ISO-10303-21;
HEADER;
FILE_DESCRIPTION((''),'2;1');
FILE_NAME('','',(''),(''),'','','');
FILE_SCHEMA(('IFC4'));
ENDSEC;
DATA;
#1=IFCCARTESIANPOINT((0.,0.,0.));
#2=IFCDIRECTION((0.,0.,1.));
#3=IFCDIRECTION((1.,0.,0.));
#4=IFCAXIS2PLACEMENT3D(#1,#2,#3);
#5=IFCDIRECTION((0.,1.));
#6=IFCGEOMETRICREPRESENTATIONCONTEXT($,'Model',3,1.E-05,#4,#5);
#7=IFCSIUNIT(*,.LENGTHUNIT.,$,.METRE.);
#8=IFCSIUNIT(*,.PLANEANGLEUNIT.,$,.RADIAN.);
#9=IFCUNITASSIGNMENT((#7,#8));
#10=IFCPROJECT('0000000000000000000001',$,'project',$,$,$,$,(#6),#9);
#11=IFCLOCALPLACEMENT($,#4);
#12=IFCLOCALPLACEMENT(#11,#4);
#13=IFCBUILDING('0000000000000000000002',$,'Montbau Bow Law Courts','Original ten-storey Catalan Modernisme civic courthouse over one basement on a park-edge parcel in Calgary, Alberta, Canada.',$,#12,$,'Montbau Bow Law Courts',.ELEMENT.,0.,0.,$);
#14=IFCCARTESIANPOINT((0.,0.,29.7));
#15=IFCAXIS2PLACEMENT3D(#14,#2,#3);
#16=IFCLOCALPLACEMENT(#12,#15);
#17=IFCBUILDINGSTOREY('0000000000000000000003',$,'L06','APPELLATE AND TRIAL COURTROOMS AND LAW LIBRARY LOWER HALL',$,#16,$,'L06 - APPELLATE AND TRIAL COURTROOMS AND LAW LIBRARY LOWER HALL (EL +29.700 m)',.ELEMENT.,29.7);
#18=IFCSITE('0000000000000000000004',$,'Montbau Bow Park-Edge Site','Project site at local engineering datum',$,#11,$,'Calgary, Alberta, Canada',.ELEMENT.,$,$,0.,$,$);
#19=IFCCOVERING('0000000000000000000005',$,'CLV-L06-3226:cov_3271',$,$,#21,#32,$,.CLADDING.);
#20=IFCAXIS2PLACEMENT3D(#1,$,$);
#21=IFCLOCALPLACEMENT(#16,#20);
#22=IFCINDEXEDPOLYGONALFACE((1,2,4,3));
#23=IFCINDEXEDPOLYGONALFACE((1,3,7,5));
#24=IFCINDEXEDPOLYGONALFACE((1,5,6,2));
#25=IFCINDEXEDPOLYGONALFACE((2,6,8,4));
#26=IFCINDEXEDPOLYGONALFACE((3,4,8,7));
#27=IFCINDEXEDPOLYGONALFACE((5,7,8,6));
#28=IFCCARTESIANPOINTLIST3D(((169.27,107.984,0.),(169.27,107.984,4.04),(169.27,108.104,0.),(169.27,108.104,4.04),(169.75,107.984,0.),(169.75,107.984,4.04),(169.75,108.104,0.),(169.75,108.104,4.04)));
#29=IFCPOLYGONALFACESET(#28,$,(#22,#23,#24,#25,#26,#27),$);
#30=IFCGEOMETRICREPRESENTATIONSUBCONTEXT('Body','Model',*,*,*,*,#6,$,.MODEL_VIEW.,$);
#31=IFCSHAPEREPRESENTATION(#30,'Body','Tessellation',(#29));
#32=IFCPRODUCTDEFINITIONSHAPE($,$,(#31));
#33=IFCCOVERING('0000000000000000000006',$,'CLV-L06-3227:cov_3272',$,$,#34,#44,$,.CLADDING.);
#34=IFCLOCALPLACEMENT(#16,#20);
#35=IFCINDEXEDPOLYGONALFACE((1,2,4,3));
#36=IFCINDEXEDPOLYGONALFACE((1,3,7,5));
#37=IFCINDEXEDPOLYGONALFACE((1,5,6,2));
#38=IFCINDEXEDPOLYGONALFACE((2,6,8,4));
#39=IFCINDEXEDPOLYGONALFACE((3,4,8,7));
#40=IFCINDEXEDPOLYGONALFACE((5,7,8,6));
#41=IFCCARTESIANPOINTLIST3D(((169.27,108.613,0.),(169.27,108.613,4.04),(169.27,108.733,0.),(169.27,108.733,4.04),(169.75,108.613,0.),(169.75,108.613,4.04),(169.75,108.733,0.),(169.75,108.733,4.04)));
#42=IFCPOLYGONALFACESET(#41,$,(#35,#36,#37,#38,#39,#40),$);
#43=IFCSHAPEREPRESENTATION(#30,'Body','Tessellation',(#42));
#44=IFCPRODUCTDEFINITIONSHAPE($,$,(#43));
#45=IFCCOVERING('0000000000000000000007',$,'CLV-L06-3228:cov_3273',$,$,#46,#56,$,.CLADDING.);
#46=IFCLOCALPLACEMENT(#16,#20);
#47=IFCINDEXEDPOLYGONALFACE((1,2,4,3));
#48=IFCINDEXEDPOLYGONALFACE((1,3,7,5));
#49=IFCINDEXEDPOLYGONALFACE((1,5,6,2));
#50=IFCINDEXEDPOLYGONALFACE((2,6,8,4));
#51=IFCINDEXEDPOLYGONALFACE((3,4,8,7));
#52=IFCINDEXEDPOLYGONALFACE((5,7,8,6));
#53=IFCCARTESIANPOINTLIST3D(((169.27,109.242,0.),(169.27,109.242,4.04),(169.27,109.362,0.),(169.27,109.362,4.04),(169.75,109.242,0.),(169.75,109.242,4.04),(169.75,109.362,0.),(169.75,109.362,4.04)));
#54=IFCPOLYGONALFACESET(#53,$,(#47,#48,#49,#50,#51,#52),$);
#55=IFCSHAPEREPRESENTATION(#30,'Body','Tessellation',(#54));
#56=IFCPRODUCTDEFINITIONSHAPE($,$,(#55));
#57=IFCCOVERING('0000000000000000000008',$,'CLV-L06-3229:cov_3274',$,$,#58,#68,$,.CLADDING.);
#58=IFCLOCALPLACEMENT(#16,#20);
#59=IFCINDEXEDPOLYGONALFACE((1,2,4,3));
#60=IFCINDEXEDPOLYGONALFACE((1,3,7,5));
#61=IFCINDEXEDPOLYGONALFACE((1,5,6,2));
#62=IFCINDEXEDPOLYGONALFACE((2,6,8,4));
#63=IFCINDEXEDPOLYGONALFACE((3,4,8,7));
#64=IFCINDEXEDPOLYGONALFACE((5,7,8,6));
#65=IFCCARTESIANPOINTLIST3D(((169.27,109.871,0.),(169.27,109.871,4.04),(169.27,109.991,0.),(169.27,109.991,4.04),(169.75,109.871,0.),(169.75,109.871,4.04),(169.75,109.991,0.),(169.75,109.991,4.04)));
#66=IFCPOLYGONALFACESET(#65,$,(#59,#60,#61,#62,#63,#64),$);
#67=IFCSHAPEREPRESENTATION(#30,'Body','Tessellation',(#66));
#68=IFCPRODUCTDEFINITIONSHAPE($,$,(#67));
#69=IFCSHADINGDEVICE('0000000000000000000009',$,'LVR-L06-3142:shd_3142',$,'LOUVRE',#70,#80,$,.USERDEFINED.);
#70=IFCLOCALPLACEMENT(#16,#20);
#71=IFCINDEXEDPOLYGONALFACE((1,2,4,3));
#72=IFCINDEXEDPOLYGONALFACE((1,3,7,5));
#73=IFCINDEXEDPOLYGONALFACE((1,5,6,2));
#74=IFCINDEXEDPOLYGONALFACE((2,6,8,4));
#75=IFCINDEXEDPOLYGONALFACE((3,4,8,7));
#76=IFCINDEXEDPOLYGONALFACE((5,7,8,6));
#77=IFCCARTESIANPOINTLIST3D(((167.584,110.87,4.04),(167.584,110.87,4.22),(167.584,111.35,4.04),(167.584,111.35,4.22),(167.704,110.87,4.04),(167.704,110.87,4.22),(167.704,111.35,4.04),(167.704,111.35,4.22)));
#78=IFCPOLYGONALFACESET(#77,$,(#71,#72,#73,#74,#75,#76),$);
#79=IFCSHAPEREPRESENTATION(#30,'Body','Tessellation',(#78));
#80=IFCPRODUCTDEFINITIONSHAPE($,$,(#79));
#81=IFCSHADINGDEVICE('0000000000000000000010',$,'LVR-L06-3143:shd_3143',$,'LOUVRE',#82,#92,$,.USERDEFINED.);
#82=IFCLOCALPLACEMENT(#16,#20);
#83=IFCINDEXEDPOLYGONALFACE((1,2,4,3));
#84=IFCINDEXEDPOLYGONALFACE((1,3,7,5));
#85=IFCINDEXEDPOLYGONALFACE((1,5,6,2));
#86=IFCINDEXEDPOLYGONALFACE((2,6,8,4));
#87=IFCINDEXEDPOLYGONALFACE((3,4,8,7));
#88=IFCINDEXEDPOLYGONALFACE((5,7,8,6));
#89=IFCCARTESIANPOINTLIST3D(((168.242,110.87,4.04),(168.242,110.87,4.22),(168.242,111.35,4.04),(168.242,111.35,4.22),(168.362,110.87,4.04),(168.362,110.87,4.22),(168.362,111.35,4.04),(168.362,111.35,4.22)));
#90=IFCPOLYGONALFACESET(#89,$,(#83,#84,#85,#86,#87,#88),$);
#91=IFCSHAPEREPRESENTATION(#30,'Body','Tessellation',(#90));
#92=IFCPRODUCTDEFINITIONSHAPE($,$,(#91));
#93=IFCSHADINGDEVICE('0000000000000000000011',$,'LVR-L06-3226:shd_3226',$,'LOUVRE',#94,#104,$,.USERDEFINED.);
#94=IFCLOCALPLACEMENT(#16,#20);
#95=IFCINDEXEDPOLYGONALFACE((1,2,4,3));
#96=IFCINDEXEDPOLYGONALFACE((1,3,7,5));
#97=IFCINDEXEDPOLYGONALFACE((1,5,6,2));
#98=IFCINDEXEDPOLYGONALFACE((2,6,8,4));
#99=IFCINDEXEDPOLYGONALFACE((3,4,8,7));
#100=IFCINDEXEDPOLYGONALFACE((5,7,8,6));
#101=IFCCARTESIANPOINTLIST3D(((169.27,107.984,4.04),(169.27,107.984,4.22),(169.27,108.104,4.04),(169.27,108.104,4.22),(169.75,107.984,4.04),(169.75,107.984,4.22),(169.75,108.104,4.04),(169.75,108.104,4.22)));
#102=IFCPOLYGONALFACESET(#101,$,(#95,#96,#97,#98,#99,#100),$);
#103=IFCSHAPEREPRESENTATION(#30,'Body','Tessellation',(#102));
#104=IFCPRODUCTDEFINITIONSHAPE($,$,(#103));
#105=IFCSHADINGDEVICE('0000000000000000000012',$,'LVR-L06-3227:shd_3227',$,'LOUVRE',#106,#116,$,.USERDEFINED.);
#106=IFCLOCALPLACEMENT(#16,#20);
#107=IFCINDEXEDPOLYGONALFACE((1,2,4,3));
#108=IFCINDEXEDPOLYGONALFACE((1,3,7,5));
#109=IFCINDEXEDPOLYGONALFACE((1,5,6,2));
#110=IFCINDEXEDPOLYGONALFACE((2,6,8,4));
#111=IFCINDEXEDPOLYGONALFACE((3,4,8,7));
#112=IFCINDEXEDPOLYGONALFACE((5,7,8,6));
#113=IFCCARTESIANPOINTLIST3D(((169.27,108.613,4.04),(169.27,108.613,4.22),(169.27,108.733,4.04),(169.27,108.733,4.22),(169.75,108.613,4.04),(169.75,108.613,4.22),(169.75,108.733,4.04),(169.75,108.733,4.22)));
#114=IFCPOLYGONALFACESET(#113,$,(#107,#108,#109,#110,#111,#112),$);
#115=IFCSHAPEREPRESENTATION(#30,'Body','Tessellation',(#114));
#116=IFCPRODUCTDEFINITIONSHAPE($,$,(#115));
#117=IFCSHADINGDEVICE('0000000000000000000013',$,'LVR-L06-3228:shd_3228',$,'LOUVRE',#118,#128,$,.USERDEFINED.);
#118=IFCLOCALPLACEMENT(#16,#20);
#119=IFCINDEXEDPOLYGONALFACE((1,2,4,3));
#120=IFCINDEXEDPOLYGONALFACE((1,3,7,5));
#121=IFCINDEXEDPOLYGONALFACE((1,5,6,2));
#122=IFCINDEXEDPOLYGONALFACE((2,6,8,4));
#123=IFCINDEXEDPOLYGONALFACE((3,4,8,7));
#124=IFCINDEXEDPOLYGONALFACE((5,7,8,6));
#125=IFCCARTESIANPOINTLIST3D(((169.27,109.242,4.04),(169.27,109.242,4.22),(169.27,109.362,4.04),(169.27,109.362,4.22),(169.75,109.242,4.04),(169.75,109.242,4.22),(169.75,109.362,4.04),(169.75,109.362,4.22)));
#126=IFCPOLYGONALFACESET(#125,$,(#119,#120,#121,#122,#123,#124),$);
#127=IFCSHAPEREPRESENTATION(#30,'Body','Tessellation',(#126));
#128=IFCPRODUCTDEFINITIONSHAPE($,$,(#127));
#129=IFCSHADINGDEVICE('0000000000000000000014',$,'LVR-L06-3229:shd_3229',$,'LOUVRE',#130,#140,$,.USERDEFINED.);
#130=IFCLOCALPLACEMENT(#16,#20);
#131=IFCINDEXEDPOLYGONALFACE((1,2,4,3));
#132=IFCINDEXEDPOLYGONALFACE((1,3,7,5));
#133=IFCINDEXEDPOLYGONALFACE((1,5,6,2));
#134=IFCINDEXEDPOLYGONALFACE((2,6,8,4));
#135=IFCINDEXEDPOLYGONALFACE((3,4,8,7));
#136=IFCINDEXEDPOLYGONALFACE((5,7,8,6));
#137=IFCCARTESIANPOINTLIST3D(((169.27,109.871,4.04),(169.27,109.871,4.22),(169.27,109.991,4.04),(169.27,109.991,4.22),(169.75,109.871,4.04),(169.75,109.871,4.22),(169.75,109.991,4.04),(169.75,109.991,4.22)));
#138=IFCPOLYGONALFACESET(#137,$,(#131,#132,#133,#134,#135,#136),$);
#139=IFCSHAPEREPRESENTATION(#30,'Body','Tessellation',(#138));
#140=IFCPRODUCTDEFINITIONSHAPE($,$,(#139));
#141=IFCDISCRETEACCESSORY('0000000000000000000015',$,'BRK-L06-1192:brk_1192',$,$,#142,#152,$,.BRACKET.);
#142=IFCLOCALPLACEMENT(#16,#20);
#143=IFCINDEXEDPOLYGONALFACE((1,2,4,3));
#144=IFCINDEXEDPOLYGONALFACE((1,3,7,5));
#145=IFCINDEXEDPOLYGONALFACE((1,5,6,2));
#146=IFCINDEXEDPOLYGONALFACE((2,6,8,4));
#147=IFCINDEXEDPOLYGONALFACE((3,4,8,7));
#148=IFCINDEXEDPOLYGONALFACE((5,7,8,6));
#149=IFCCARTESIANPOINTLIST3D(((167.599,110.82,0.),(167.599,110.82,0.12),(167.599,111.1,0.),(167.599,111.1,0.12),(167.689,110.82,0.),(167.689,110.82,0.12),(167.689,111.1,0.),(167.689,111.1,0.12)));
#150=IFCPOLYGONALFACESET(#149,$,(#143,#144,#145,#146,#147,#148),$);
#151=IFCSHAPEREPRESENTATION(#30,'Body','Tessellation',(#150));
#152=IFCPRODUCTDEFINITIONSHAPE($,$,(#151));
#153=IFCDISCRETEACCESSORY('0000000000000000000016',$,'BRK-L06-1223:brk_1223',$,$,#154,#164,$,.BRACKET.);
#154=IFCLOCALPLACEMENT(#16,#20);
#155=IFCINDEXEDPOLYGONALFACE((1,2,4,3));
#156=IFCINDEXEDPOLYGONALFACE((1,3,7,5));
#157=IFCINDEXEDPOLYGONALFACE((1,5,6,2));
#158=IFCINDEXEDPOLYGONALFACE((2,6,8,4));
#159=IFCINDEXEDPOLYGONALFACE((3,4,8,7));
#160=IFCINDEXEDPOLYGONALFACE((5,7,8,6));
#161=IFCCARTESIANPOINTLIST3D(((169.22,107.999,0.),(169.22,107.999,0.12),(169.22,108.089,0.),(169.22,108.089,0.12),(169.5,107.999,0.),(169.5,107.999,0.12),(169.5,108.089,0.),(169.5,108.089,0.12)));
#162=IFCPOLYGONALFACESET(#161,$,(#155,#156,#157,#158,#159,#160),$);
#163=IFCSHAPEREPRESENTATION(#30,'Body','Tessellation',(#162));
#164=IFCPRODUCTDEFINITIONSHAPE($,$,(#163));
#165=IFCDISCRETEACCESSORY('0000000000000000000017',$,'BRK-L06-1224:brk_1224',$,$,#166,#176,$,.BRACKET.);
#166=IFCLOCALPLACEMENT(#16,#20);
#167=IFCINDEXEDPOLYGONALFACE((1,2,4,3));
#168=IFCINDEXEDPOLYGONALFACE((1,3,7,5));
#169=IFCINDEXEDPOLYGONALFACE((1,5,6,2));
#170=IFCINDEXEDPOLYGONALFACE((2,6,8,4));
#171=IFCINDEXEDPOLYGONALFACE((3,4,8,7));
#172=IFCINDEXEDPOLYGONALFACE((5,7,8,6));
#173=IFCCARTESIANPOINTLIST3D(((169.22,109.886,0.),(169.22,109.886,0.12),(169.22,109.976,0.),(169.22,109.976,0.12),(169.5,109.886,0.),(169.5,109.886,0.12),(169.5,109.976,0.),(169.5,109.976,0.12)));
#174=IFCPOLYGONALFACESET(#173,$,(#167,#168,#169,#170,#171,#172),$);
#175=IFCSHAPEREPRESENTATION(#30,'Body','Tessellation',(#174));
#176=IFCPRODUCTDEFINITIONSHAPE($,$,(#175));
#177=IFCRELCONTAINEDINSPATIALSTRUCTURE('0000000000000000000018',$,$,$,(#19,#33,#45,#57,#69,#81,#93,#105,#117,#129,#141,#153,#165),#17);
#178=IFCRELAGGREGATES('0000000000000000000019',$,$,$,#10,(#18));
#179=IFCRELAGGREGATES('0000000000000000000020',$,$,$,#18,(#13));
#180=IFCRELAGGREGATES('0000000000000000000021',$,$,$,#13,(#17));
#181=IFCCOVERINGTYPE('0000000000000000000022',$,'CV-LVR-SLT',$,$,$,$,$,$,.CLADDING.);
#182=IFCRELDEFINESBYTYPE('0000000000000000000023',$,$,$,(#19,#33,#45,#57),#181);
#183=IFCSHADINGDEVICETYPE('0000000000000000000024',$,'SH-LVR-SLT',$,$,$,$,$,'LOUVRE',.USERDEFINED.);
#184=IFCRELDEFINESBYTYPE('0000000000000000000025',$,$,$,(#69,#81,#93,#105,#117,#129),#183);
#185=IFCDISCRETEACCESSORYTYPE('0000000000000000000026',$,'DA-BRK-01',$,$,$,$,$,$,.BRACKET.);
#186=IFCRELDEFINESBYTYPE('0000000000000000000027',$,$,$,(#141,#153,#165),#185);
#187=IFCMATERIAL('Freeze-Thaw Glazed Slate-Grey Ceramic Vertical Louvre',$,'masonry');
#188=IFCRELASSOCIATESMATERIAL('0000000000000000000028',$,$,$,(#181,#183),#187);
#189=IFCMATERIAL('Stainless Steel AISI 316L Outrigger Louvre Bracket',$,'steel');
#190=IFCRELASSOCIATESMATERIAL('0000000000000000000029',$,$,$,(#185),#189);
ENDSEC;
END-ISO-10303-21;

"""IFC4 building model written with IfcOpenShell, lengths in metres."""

from ifc_helpers import new_model, si_unit, direction, frame, frame_2d, origin_with_axes, origin_2d_with_axis, place, context, subcontext, project, spatial, rectangle, extrude, material, type_object, element, save


model = new_model("IFC4")

# Units and contexts
model_context = context("Model", 3, precision=1e-05, world=origin_with_axes(), true_north=direction((0.0, 1.0)))
body_context = subcontext(model_context, "Body", "Model", "MODEL_VIEW")
ifc_project = project(units=[si_unit("LENGTHUNIT", "METRE"), si_unit("PLANEANGLEUNIT", "RADIAN")], contexts=[model_context])

# Site, building, storey
site_placement = place(None, origin_with_axes())
site = spatial("IfcSite", under=ifc_project, at=site_placement, Name="Montbau Bow Park-Edge Site", Description="Project site at local engineering datum", LongName="Calgary, Alberta, Canada", CompositionType="ELEMENT", RefElevation=0.0)
building_placement = place(site_placement, origin_with_axes())
building = spatial("IfcBuilding", under=site, at=building_placement, Name="Montbau Bow Law Courts", Description="Original ten-storey Catalan Modernisme civic courthouse over one basement on a park-edge parcel in Calgary, Alberta, Canada.", LongName="Montbau Bow Law Courts", CompositionType="ELEMENT", ElevationOfRefHeight=0.0, ElevationOfTerrain=0.0)
storey_placement = place(building_placement, frame((0.0, 0.0, 29.7), z_axis=(0.0, 0.0, 1.0), x_axis=(1.0, 0.0, 0.0)))
storey = spatial("IfcBuildingStorey", under=building, at=storey_placement, Name="L06", Description="APPELLATE AND TRIAL COURTROOMS AND LAW LIBRARY LOWER HALL", LongName="L06 - APPELLATE AND TRIAL COURTROOMS AND LAW LIBRARY LOWER HALL (EL +29.700 m)", CompositionType="ELEMENT", Elevation=29.7)

# Coverings
ifc_material_1 = material(Name="Freeze-Thaw Glazed Slate-Grey Ceramic Vertical Louvre", Category="masonry")
covering_type = type_object("IfcCoveringType", Name="CV-LVR-SLT", PredefinedType="CLADDING", material=ifc_material_1)
for number, where, z_axis, x_axis, name in (
    (1, (169.27, 108.044, 29.7), (0.0, -1.0, 0.0), (1.0, 0.0, 0.0), "CLV-L06-3226:cov_3271"),
    (2, (169.27, 108.673, 29.7), (0.0, -1.0, 0.0), (1.0, 0.0, 0.0), "CLV-L06-3227:cov_3272"),
    (3, (169.27, 109.302, 29.7), (0.0, -1.0, 0.0), (1.0, 0.0, 0.0), "CLV-L06-3228:cov_3273"),
    (4, (169.27, 109.931, 29.7), (0.0, -1.0, 0.0), (1.0, 0.0, 0.0), "CLV-L06-3229:cov_3274"),
):
    element("IfcCovering", number, at=place(None, frame(where, z_axis=z_axis, x_axis=x_axis)), inside=storey, type_object=covering_type, Name=name, PredefinedType="CLADDING", context=body_context, shape_type="SweptSolid", body=[
        extrude(rectangle(XDim=0.48, YDim=4.04, at=frame_2d((0.24, 2.02), x_axis=(1.0, 0.0))), frame((0.0, 0.0, -0.06), z_axis=(0.0, 0.0, 1.0), x_axis=(1.0, 0.0, 0.0)), (0.0, 0.0, 1.0), 0.12),
    ])

# Shading devices
shading_device_type = type_object("IfcShadingDeviceType", Name="SH-LVR-SLT", ElementType="LOUVRE", PredefinedType="USERDEFINED", material=ifc_material_1)
for number, where, z_axis, x_axis, name in (
    (5, (167.644, 111.11, 33.74), (0.0, 0.0, 1.0), (0.0, 1.0, 0.0), "LVR-L06-3142:shd_3142"),
    (6, (168.302, 111.11, 33.74), (0.0, 0.0, 1.0), (0.0, 1.0, 0.0), "LVR-L06-3143:shd_3143"),
    (7, (169.51, 108.044, 33.74), (0.0, 0.0, 1.0), (1.0, 0.0, 0.0), "LVR-L06-3226:shd_3226"),
    (8, (169.51, 108.673, 33.74), (0.0, 0.0, 1.0), (1.0, 0.0, 0.0), "LVR-L06-3227:shd_3227"),
    (9, (169.51, 109.302, 33.74), (0.0, 0.0, 1.0), (1.0, 0.0, 0.0), "LVR-L06-3228:shd_3228"),
    (10, (169.51, 109.931, 33.74), (0.0, 0.0, 1.0), (1.0, 0.0, 0.0), "LVR-L06-3229:shd_3229"),
):
    element("IfcShadingDevice", number, at=place(None, frame(where, z_axis=z_axis, x_axis=x_axis)), inside=storey, type_object=shading_device_type, Name=name, ObjectType="LOUVRE", PredefinedType="USERDEFINED", context=body_context, shape_type="SweptSolid", body=[
        extrude(rectangle(XDim=0.48, YDim=0.12, at=origin_2d_with_axis()), origin_with_axes(), (0.0, 0.0, 1.0), 0.18),
    ])

# Discrete accessories
ifc_material_2 = material(Name="Stainless Steel AISI 316L Outrigger Louvre Bracket", Category="steel")
discrete_accessory_type = type_object("IfcDiscreteAccessoryType", Name="DA-BRK-01", PredefinedType="BRACKET", material=ifc_material_2)
for number, where, z_axis, x_axis, name in (
    (11, (167.644, 110.96, 29.7), (0.0, 0.0, 1.0), (0.0, 1.0, 0.0), "BRK-L06-1192:brk_1192"),
    (12, (169.36, 108.044, 29.7), (0.0, 0.0, 1.0), (1.0, 0.0, 0.0), "BRK-L06-1223:brk_1223"),
    (13, (169.36, 109.931, 29.7), (0.0, 0.0, 1.0), (1.0, 0.0, 0.0), "BRK-L06-1224:brk_1224"),
):
    element("IfcDiscreteAccessory", number, at=place(None, frame(where, z_axis=z_axis, x_axis=x_axis)), inside=storey, type_object=discrete_accessory_type, Name=name, PredefinedType="BRACKET", context=body_context, shape_type="SweptSolid", body=[
        extrude(rectangle(XDim=0.28, YDim=0.09, at=origin_2d_with_axis()), origin_with_axes(), (0.0, 0.0, 1.0), 0.12),
    ])

save(model, "model.ifc")
